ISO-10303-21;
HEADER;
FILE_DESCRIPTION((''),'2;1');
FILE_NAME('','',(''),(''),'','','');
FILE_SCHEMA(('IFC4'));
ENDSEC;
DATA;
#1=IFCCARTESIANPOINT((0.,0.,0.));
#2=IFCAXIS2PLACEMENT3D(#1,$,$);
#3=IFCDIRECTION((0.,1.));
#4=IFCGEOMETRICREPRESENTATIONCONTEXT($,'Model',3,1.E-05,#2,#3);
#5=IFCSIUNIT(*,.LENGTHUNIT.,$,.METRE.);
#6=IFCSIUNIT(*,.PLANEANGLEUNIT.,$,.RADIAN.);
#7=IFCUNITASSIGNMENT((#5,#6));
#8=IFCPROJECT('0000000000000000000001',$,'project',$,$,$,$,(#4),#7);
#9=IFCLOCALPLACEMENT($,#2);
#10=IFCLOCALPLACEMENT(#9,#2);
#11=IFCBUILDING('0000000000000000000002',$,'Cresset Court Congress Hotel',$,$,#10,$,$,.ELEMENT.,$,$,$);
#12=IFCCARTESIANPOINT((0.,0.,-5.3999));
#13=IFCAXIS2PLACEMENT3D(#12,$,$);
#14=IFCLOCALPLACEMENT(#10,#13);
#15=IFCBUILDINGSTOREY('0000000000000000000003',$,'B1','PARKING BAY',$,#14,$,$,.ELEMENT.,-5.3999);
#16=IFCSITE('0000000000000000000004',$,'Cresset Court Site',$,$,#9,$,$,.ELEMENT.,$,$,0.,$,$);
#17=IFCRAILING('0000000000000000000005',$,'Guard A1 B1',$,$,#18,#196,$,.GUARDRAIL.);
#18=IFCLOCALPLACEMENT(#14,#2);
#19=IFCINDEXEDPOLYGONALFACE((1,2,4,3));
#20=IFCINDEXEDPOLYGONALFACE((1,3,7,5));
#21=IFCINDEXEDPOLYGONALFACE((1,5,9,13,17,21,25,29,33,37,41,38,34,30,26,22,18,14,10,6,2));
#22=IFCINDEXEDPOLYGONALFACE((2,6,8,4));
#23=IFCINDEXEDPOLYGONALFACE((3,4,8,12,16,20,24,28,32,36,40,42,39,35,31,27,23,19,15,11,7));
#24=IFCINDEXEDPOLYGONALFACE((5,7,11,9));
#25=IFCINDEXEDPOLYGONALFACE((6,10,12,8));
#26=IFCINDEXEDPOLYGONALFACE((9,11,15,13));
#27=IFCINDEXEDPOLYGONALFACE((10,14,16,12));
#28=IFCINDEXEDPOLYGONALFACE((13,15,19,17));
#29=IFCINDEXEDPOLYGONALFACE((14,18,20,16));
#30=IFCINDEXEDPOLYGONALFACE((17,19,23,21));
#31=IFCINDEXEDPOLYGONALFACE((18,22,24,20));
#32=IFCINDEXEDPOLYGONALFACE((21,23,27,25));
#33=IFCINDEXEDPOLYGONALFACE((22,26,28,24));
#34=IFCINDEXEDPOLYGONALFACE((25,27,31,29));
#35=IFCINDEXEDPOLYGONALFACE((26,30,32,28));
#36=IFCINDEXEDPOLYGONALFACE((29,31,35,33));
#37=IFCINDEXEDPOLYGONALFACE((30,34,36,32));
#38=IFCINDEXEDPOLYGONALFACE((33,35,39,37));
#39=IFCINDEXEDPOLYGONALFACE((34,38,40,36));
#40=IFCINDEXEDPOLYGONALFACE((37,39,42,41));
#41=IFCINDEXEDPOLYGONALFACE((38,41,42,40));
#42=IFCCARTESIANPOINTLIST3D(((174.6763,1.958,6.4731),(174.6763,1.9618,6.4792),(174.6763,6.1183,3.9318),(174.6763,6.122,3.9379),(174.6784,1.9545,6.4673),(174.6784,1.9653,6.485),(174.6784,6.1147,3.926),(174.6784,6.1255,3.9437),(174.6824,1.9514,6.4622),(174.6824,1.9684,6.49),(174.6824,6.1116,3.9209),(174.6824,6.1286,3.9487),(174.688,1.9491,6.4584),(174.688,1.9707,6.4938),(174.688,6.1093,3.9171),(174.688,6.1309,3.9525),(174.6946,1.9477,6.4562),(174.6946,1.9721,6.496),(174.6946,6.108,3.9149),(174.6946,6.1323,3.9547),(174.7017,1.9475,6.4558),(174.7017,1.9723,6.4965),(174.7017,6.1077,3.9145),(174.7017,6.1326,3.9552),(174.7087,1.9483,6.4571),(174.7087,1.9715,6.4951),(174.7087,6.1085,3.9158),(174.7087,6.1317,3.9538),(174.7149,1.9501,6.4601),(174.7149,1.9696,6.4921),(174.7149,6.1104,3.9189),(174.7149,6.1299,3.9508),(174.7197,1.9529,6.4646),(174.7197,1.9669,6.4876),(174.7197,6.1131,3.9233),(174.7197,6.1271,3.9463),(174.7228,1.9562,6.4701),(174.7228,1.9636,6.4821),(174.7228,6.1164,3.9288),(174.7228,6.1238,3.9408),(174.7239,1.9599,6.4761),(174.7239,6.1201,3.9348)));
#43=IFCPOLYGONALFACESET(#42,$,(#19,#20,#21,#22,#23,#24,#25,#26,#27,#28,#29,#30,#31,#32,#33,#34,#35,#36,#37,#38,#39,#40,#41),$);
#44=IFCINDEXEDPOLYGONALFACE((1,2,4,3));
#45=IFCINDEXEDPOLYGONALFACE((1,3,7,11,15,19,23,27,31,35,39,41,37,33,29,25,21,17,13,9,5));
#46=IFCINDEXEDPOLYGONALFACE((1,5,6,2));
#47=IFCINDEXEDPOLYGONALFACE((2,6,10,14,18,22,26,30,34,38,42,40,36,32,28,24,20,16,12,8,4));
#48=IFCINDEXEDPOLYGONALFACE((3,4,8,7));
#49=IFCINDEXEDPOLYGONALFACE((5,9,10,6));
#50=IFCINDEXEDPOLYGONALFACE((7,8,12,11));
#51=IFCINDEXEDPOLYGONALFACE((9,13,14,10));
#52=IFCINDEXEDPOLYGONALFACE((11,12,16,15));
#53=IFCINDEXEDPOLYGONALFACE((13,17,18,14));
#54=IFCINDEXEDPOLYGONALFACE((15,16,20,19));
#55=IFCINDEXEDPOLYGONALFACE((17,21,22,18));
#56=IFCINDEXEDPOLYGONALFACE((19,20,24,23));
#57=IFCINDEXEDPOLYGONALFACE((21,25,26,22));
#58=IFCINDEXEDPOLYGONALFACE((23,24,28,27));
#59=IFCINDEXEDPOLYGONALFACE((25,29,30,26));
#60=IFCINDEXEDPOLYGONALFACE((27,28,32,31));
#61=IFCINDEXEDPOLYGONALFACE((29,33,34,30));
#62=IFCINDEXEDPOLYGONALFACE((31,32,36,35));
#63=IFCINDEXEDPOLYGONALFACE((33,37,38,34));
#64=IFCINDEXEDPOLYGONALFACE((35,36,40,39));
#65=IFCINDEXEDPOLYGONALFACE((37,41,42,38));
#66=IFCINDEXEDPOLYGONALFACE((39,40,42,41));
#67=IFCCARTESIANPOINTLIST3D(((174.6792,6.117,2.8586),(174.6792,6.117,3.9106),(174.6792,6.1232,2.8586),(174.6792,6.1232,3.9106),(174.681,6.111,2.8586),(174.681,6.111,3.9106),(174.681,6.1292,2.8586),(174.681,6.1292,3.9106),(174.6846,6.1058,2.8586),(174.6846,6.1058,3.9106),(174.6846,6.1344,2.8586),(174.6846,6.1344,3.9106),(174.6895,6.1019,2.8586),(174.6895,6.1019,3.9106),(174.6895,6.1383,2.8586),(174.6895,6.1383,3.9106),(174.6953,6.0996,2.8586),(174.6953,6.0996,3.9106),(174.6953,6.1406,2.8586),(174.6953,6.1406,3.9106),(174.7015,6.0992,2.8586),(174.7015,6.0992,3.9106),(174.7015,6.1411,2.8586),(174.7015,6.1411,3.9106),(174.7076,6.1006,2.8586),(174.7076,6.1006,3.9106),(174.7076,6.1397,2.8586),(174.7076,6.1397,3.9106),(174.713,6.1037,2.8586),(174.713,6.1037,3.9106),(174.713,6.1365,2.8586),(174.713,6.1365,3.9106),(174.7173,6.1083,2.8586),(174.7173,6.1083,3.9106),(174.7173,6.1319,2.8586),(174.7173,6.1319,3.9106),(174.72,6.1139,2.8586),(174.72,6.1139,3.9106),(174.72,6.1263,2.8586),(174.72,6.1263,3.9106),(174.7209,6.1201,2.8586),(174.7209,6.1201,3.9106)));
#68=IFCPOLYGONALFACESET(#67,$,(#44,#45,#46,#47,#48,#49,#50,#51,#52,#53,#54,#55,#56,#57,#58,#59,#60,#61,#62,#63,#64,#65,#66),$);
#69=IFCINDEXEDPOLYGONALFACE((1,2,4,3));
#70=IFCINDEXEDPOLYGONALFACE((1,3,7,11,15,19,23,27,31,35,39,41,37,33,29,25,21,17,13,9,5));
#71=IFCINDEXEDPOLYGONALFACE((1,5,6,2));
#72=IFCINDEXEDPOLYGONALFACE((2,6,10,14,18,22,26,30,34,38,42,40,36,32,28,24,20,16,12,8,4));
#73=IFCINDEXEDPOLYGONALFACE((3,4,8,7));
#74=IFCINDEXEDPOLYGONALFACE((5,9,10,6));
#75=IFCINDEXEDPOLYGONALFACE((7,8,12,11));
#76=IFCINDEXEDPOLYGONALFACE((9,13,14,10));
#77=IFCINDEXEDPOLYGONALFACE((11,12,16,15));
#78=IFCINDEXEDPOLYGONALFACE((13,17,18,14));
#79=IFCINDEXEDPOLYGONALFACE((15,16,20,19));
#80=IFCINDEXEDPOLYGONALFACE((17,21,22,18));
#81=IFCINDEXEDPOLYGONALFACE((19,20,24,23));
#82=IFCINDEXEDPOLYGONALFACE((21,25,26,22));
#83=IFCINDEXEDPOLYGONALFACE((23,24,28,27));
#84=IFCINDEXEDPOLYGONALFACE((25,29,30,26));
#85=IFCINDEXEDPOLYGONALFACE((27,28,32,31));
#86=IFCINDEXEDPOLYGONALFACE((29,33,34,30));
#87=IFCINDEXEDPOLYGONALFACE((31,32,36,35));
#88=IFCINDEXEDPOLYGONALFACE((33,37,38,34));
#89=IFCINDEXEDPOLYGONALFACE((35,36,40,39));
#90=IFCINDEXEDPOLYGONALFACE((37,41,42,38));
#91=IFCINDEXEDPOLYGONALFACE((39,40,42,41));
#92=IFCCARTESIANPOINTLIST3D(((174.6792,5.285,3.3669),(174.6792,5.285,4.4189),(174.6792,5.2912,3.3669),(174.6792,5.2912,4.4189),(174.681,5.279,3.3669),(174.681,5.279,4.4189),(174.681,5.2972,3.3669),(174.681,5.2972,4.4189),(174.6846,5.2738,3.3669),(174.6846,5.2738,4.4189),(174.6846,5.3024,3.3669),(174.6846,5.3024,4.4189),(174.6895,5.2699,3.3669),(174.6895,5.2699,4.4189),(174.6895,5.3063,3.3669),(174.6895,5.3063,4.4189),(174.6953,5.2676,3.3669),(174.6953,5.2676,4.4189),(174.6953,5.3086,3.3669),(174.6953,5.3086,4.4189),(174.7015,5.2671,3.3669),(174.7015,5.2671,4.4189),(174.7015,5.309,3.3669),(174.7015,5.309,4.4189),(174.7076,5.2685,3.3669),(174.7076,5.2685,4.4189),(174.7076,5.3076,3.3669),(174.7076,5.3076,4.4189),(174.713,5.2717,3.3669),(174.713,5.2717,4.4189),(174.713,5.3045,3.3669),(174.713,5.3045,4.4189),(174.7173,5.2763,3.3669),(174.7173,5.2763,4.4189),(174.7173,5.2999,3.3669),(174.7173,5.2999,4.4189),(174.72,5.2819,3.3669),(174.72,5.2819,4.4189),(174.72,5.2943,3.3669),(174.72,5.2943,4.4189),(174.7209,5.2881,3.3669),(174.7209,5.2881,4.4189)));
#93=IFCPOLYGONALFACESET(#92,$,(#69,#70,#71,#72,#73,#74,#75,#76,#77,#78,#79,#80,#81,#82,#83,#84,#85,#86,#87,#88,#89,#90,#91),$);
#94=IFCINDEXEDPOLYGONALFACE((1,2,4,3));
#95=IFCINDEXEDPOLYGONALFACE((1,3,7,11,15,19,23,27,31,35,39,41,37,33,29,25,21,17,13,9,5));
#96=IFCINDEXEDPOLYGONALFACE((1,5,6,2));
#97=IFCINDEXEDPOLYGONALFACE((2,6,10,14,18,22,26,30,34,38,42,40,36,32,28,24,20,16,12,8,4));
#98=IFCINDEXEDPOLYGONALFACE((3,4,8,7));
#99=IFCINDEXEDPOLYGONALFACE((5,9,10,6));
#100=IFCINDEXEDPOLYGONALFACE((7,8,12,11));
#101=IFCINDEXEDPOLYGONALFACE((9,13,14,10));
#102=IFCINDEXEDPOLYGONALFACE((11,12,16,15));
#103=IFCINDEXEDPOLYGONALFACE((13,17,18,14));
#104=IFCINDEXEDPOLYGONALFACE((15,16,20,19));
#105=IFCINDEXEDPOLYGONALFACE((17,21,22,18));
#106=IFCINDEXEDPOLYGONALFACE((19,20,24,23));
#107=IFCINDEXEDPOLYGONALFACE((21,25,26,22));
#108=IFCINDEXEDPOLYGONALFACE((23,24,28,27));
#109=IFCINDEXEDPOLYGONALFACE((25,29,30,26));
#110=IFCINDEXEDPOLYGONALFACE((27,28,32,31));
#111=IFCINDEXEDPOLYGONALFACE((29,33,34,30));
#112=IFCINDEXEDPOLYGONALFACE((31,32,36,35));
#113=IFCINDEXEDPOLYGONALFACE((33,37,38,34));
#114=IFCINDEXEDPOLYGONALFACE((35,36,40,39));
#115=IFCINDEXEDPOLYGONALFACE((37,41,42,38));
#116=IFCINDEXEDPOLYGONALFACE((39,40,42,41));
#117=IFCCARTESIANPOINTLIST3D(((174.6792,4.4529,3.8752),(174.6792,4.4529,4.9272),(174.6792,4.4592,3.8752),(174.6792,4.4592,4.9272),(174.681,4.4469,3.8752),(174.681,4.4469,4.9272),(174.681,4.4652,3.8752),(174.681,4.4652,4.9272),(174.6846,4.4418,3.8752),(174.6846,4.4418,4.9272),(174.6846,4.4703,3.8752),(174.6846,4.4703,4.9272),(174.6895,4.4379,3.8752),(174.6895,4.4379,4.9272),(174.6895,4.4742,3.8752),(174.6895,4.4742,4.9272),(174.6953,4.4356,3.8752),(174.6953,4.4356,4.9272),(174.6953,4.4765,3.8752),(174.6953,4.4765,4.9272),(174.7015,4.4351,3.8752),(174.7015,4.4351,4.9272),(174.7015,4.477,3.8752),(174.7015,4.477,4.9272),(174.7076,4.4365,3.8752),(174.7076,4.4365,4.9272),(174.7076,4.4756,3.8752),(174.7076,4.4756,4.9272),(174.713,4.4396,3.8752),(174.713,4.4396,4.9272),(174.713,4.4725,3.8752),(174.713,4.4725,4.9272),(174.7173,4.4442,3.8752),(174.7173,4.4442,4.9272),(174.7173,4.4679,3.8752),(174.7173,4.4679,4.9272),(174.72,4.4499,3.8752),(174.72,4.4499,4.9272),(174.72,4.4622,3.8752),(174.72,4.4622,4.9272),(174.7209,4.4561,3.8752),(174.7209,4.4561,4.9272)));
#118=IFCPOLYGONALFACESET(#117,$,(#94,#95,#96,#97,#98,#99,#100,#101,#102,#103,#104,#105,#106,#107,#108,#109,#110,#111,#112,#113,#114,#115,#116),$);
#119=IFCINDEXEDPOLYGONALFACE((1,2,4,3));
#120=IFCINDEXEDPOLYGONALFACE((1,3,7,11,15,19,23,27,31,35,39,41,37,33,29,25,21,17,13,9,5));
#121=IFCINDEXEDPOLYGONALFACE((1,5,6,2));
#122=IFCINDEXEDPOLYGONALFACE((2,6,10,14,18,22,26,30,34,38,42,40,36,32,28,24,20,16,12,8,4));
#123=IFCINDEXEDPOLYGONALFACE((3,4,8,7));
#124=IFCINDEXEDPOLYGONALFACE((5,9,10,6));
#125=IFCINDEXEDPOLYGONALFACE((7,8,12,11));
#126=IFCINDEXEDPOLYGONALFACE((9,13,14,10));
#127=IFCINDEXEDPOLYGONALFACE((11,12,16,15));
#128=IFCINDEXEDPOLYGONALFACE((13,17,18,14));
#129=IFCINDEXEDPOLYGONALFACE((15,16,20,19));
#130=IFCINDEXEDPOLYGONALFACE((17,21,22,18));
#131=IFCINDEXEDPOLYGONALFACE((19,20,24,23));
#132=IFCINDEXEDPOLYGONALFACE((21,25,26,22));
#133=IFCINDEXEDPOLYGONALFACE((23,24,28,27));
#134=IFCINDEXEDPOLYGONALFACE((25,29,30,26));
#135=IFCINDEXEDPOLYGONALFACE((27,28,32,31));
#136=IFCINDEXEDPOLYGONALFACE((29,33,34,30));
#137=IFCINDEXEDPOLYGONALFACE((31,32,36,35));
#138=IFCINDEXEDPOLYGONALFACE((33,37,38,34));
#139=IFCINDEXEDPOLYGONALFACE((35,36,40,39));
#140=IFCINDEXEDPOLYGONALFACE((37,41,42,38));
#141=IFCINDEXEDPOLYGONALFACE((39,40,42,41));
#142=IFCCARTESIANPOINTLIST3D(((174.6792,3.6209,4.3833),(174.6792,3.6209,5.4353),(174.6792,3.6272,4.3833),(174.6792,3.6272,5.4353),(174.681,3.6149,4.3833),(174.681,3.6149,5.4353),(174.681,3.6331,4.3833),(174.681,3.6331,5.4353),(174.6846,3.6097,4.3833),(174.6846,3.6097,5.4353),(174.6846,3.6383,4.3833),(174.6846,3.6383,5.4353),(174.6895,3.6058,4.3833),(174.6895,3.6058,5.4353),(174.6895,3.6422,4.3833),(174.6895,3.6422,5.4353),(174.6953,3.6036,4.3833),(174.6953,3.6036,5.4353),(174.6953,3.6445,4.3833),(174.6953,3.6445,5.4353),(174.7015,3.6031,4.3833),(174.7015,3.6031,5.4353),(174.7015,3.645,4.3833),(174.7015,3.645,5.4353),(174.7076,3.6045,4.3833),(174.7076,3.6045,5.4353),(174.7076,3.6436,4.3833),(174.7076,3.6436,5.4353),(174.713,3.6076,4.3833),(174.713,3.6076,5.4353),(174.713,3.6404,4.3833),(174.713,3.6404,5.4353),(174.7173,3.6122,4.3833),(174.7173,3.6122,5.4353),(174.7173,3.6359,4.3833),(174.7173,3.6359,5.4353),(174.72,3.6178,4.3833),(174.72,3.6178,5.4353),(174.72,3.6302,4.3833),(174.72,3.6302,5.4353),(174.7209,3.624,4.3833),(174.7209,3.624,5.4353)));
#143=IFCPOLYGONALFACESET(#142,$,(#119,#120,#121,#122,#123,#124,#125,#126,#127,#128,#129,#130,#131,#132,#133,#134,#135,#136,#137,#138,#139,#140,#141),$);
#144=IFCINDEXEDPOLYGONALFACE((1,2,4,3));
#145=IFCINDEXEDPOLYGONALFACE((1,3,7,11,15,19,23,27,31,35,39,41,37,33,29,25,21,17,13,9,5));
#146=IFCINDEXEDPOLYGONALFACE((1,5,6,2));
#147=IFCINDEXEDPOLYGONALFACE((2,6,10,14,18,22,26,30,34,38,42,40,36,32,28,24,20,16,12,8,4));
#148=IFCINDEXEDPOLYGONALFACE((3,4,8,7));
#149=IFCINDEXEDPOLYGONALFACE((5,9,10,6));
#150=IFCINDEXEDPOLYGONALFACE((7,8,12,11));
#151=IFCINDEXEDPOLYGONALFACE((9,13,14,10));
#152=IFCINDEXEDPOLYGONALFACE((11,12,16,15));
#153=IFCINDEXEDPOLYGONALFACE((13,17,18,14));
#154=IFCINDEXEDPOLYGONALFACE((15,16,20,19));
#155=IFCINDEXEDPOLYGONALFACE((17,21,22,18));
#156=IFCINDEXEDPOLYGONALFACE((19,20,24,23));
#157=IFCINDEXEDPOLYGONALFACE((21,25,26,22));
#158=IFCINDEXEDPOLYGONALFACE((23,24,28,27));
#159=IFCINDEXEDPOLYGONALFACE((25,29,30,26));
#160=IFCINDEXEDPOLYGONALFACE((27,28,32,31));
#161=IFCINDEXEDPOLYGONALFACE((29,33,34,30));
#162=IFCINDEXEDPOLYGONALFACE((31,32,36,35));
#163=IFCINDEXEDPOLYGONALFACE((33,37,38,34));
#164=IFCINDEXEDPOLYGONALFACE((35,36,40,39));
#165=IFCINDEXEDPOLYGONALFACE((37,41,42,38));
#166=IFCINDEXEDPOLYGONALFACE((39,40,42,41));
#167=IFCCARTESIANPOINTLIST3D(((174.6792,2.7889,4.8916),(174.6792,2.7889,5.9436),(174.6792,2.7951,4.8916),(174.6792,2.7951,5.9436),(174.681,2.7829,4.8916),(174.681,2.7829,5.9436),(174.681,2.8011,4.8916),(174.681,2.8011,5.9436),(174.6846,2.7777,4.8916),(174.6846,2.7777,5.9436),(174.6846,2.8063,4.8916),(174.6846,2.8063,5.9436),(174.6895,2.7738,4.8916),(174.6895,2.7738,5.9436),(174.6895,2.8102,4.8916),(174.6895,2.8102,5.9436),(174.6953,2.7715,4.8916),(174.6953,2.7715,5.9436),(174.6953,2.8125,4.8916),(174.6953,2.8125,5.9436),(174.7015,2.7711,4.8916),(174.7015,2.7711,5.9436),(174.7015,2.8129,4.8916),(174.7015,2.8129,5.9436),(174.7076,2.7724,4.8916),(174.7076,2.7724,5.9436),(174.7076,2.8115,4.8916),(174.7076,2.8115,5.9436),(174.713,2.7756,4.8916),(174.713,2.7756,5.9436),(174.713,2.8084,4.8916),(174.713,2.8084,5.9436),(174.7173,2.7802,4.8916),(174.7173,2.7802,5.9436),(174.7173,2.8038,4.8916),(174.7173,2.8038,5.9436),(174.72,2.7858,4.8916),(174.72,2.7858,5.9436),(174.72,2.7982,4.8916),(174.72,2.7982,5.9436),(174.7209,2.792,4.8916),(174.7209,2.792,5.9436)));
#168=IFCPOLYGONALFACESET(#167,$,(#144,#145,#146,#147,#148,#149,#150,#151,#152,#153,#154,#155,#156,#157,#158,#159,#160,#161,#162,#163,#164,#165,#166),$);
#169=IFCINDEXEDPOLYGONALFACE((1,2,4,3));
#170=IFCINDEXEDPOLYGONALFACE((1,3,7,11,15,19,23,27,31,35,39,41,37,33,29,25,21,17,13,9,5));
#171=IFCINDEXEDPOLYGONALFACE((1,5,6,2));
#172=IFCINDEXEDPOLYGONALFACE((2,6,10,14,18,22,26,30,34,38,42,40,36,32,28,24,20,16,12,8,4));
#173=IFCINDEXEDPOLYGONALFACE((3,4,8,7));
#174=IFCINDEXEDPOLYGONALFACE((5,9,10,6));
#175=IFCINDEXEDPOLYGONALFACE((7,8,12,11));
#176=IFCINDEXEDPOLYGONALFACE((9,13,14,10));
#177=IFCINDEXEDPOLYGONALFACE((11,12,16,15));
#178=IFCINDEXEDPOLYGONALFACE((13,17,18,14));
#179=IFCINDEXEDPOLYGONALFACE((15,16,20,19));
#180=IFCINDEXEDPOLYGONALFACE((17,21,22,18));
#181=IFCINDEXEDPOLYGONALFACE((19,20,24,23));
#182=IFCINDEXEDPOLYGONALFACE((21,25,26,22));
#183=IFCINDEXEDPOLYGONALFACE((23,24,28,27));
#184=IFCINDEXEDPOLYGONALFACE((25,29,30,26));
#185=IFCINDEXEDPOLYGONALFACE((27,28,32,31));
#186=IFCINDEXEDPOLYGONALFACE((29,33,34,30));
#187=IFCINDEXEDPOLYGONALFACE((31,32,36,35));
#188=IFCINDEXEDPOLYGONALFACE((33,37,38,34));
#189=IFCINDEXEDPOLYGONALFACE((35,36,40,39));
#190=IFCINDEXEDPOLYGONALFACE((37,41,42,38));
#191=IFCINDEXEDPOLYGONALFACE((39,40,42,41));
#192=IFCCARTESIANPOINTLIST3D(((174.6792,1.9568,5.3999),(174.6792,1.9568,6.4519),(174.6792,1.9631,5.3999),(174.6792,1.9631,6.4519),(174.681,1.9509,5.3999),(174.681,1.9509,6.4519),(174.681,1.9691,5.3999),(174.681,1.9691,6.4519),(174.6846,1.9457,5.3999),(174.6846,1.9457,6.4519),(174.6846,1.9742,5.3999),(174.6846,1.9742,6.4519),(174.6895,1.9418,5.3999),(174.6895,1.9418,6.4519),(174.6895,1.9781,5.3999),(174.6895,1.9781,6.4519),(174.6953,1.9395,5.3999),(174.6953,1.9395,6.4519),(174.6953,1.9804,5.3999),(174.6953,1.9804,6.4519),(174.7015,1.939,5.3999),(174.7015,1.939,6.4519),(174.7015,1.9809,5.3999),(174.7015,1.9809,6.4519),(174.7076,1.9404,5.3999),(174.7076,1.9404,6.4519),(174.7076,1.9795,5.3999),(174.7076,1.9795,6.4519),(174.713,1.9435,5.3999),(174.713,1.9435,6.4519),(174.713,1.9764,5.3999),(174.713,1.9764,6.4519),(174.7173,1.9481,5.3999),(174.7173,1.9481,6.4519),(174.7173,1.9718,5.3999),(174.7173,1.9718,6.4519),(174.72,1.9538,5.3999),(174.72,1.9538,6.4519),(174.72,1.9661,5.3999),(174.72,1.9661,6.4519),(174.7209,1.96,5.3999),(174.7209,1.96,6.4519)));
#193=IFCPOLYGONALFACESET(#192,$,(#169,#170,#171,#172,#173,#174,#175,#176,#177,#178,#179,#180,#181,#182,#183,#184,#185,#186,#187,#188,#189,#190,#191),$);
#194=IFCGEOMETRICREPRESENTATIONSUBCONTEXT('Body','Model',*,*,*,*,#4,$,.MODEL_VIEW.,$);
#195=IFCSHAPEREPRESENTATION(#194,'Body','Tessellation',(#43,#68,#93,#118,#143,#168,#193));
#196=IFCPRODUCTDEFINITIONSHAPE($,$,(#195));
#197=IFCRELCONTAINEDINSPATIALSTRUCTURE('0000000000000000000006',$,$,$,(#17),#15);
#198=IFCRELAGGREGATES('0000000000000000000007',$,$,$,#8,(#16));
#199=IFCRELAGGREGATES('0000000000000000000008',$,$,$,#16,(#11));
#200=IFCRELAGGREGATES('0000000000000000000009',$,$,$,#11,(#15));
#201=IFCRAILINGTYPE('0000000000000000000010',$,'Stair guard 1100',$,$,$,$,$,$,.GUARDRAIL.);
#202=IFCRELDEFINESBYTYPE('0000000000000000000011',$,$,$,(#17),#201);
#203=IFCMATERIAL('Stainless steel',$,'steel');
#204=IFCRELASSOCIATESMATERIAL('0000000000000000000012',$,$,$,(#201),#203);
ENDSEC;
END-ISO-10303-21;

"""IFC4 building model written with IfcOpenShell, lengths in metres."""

from ifc_helpers import new_model, si_unit, direction, frame, origin, origin_2d, place, context, subcontext, project, spatial, circle, extrude, material, type_object, element, save


model = new_model("IFC4")

# Units and contexts
model_context = context("Model", 3, precision=1e-05, world=origin(), true_north=direction((0.0, 1.0)))
body_context = subcontext(model_context, "Body", "Model", "MODEL_VIEW")
ifc_project = project(units=[si_unit("LENGTHUNIT", "METRE"), si_unit("PLANEANGLEUNIT", "RADIAN")], contexts=[model_context])

# Site, building, storey
site_placement = place(None, origin())
site = spatial("IfcSite", under=ifc_project, at=site_placement, Name="Cresset Court Site", CompositionType="ELEMENT", RefElevation=0.0)
building_placement = place(site_placement, origin())
building = spatial("IfcBuilding", under=site, at=building_placement, Name="Cresset Court Congress Hotel", CompositionType="ELEMENT")
storey_placement = place(building_placement, frame((0.0, 0.0, -5.3999)))
storey = spatial("IfcBuildingStorey", under=building, at=storey_placement, Name="B1", Description="PARKING BAY", CompositionType="ELEMENT", Elevation=-5.3999)

# Railing
ifc_material_1 = material(Name="Stainless steel", Category="steel")
railing_type_1 = type_object("IfcRailingType", Name="Stair guard 1100", PredefinedType="GUARDRAIL", material=ifc_material_1)
railing_1_placement = place(storey_placement, frame((174.7, 6.1201, 2.8586)))
element("IfcRailing", 1, at=railing_1_placement, inside=storey, type_object=railing_type_1, Name="Guard A1 B1", PredefinedType="GUARDRAIL", context=body_context, shape_type="SweptSolid", body=[
    extrude(circle(Radius=0.0239, at=origin_2d()), frame((0.0, 0.0, 1.0762), z_axis=(0.0, -0.853378, 0.521292), x_axis=(1.0, 0.0, 0.0)), (0.0, 0.0, 1.0), 4.875),
    extrude(circle(Radius=0.021, at=origin_2d()), origin(), (0.0, 0.0, 1.0), 1.052),
    extrude(circle(Radius=0.021, at=origin_2d()), frame((0.0, -0.832, 0.5083)), (0.0, 0.0, 1.0), 1.052),
    extrude(circle(Radius=0.021, at=origin_2d()), frame((0.0, -1.6641, 1.0166)), (0.0, 0.0, 1.0), 1.052),
    extrude(circle(Radius=0.021, at=origin_2d()), frame((0.0, -2.4961, 1.5247)), (0.0, 0.0, 1.0), 1.052),
    extrude(circle(Radius=0.021, at=origin_2d()), frame((0.0, -3.3281, 2.033)), (0.0, 0.0, 1.0), 1.052),
    extrude(circle(Radius=0.021, at=origin_2d()), frame((0.0, -4.1602, 2.5413)), (0.0, 0.0, 1.0), 1.052),
])

save(model, "model.ifc")
